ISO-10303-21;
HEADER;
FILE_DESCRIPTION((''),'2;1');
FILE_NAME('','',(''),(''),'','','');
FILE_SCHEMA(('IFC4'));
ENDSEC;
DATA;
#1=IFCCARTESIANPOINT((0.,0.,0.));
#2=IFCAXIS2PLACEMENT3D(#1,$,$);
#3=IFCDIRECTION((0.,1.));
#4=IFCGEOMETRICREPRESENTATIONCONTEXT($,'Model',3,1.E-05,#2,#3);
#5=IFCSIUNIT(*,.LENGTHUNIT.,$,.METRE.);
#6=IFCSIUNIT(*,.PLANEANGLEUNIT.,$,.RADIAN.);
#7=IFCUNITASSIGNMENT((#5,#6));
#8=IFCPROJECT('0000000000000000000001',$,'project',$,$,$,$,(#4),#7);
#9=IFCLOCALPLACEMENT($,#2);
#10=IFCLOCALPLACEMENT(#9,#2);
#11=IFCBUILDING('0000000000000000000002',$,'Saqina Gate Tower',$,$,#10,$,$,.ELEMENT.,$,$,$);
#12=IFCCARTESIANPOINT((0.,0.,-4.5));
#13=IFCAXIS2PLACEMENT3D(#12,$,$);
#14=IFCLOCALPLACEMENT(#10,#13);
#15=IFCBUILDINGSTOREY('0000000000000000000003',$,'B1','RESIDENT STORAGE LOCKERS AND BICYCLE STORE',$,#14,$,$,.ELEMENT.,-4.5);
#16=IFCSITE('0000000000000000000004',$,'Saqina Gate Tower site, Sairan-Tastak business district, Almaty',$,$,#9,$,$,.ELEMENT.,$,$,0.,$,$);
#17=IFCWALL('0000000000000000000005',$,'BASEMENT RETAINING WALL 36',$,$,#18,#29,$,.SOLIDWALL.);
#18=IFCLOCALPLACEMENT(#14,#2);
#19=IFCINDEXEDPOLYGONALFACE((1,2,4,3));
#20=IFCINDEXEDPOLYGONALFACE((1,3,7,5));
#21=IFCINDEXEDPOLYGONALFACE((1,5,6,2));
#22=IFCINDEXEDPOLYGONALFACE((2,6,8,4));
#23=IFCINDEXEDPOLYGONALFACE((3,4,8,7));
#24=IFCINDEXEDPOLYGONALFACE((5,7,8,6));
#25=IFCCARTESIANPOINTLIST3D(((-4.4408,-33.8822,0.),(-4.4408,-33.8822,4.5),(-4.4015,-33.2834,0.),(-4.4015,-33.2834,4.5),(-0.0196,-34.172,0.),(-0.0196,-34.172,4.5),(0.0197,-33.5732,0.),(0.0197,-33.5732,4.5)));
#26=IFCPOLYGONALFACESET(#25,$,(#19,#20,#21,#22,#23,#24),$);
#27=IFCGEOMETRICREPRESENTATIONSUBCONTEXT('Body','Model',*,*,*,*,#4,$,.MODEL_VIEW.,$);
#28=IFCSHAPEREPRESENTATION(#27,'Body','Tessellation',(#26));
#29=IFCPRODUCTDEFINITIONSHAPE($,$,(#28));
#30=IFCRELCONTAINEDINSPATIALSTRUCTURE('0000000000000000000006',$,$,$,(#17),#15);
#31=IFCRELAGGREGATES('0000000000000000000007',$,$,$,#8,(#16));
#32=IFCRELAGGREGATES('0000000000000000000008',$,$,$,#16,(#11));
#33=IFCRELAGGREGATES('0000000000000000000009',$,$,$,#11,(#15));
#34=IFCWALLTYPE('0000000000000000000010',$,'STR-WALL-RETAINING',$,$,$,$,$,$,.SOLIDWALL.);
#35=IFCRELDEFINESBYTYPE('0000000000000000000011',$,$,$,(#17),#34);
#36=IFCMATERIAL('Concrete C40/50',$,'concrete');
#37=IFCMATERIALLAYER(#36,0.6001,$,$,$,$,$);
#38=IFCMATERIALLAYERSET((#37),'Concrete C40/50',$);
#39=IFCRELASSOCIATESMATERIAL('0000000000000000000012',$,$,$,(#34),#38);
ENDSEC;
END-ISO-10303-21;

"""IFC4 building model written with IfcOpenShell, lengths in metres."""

from ifc_helpers import new_model, si_unit, direction, frame, frame_2d, origin, place, context, subcontext, project, spatial, rectangle, extrude, material, layer, layer_set, type_object, element, save


model = new_model("IFC4")

# Units and contexts
model_context = context("Model", 3, precision=1e-05, world=origin(), true_north=direction((0.0, 1.0)))
body_context = subcontext(model_context, "Body", "Model", "MODEL_VIEW")
ifc_project = project(units=[si_unit("LENGTHUNIT", "METRE"), si_unit("PLANEANGLEUNIT", "RADIAN")], contexts=[model_context])

# Site, building, storey
site_placement = place(None, origin())
site = spatial("IfcSite", under=ifc_project, at=site_placement, Name="Saqina Gate Tower site, Sairan-Tastak business district, Almaty", CompositionType="ELEMENT", RefElevation=0.0)
building_placement = place(site_placement, origin())
building = spatial("IfcBuilding", under=site, at=building_placement, Name="Saqina Gate Tower", CompositionType="ELEMENT")
storey_placement = place(building_placement, frame((0.0, 0.0, -4.5)))
storey = spatial("IfcBuildingStorey", under=building, at=storey_placement, Name="B1", Description="RESIDENT STORAGE LOCKERS AND BICYCLE STORE", CompositionType="ELEMENT", Elevation=-4.5)

# Wall
ifc_material_1 = material(Name="Concrete C40/50", Category="concrete")
ifc_layer_1 = layer(ifc_material_1, 0.6001)
ifc_layer_set_1 = layer_set([ifc_layer_1], Name="Concrete C40/50")
wall_type_1 = type_object("IfcWallType", Name="STR-WALL-RETAINING", PredefinedType="SOLIDWALL", material=ifc_layer_set_1)
wall_1_placement = place(storey_placement, frame((-4.4211, -33.5828, 0.0), z_axis=(0.0, 0.0, 1.0), x_axis=(0.997859, -0.065407, 0.0)))
element("IfcWall", 1, at=wall_1_placement, inside=storey, type_object=wall_type_1, Name="BASEMENT RETAINING WALL 36", PredefinedType="SOLIDWALL", context=body_context, shape_type="SweptSolid", body=[
    extrude(rectangle(XDim=4.4307, YDim=0.6001, at=frame_2d((2.2153, 0.0))), origin(), (0.0, 0.0, 1.0), 4.5),
])

save(model, "model.ifc")
